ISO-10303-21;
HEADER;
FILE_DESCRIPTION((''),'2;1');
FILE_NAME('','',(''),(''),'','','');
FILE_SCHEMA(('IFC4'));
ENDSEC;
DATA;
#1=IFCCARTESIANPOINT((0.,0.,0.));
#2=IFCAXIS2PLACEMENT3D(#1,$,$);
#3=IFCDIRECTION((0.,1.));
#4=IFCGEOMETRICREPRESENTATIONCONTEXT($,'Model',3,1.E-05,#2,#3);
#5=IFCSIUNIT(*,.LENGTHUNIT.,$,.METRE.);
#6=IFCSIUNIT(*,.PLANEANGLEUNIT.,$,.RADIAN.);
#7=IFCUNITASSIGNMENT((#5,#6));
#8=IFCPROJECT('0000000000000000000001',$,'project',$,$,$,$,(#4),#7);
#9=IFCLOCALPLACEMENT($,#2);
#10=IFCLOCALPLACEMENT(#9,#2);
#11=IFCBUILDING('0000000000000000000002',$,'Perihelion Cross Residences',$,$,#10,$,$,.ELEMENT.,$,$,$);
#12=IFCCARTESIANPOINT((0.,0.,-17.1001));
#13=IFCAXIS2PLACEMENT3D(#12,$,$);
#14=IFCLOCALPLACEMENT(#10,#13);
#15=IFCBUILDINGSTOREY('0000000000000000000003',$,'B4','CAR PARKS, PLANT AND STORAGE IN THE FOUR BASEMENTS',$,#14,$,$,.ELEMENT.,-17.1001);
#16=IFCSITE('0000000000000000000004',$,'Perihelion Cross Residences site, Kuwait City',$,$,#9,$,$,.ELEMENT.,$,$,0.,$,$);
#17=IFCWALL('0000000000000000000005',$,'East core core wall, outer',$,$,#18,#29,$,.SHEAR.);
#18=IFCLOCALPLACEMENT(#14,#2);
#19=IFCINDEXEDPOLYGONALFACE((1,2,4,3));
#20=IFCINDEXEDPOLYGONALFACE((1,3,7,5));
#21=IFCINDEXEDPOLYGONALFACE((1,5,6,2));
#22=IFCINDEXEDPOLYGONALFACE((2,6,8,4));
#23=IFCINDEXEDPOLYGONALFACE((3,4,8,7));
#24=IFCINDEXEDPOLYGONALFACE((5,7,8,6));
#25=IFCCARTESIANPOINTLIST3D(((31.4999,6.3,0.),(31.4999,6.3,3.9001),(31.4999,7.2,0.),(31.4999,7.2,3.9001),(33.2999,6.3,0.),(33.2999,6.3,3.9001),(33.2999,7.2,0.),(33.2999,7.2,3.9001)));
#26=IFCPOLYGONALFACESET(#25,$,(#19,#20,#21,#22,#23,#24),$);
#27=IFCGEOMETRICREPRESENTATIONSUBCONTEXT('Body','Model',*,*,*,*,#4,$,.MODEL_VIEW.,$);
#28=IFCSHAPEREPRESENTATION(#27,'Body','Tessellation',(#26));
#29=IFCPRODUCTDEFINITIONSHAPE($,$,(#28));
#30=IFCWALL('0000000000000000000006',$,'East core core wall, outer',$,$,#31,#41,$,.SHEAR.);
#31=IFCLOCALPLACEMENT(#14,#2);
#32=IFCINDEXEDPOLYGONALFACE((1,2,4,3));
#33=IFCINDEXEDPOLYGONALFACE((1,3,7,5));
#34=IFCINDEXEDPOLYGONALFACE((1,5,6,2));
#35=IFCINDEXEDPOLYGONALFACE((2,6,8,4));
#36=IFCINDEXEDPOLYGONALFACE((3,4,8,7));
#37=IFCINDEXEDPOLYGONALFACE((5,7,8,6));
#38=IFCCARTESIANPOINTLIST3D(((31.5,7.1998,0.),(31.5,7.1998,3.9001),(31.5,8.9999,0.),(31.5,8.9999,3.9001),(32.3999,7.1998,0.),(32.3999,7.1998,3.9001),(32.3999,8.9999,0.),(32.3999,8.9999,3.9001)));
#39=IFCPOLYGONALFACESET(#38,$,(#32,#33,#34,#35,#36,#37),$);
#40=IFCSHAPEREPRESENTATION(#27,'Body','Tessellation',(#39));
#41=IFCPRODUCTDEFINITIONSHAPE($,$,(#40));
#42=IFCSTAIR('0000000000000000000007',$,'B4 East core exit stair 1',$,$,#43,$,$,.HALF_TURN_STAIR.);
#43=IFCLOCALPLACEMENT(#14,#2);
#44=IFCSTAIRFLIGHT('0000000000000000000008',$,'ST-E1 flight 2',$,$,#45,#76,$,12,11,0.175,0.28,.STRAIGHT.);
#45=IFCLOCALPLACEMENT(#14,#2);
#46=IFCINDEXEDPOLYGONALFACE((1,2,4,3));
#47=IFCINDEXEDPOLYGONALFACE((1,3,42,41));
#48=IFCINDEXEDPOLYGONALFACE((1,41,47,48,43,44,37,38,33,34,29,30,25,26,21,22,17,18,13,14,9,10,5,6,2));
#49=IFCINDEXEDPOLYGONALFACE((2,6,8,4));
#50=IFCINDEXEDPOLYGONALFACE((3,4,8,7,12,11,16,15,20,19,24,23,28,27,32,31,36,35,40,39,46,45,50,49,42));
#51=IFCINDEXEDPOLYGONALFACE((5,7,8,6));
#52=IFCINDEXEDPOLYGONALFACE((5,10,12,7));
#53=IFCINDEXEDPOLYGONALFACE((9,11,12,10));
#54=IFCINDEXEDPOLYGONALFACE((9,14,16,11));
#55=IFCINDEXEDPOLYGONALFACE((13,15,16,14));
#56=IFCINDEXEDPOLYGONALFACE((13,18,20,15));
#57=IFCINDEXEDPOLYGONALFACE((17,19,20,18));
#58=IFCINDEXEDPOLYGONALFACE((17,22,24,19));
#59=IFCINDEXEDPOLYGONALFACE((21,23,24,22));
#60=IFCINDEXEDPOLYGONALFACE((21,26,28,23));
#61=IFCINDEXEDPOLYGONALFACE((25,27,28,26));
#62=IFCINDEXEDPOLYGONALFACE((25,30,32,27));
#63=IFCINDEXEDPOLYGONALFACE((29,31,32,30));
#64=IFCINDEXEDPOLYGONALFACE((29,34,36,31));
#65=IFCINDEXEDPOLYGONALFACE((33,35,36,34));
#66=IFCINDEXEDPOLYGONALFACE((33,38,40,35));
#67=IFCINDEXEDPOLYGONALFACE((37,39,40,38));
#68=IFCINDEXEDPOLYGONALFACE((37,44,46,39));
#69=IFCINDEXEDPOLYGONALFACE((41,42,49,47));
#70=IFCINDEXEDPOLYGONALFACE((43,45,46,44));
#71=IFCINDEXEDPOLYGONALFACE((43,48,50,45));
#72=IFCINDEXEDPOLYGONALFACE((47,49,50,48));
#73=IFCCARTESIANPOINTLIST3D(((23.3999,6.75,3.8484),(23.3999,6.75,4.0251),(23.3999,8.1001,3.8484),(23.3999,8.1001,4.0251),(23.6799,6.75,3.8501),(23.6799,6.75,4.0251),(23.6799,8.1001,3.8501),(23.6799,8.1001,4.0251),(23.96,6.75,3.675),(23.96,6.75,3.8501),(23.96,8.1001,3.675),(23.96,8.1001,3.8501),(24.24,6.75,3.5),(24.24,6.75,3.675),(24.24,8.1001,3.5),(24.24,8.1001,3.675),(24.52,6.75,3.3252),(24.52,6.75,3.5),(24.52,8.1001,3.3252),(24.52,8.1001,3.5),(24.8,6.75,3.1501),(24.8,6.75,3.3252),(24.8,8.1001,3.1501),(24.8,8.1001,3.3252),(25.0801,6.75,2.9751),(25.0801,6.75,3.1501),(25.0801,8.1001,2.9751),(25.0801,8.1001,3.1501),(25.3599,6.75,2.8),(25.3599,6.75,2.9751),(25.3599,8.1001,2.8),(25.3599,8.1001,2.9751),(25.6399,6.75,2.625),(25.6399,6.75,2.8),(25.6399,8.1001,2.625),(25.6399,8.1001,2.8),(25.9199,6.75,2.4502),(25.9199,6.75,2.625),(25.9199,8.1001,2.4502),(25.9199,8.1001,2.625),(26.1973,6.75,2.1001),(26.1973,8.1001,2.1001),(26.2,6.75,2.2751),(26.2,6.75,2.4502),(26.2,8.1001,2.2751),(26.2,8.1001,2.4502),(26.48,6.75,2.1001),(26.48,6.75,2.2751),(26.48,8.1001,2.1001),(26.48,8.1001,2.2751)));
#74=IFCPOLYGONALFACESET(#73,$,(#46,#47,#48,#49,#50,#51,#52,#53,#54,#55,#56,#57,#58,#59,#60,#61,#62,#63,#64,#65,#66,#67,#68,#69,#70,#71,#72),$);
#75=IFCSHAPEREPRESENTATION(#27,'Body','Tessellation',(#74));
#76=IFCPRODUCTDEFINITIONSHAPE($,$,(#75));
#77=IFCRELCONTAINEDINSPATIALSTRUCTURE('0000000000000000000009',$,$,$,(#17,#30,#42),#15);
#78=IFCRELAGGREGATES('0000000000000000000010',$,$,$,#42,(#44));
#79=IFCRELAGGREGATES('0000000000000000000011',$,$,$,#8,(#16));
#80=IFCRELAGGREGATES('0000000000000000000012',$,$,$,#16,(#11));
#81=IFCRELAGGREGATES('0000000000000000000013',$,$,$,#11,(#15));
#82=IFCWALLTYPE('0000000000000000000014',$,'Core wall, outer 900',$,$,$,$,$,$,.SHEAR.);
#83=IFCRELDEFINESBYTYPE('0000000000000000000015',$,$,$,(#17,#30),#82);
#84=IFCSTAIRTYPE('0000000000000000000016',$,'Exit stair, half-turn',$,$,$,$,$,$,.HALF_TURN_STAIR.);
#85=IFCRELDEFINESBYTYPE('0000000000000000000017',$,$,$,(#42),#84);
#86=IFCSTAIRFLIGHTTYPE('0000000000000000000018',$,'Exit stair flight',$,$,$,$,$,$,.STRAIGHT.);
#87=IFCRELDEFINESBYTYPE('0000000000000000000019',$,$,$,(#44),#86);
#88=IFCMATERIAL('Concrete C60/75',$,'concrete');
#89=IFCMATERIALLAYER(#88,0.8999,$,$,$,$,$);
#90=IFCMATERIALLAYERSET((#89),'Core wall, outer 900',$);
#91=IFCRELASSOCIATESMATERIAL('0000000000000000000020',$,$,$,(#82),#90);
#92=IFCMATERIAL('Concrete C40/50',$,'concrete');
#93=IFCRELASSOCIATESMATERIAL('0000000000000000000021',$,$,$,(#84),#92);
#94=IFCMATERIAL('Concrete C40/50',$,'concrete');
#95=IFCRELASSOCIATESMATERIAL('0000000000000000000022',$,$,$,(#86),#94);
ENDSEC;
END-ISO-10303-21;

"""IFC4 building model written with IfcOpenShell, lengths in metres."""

from ifc_helpers import new_model, si_unit, direction, frame, frame_2d, origin, place, context, subcontext, project, spatial, polyline, rectangle, outline, extrude, material, layer, layer_set, type_object, element, aggregate, save


model = new_model("IFC4")

# Units and contexts
model_context = context("Model", 3, precision=1e-05, world=origin(), true_north=direction((0.0, 1.0)))
body_context = subcontext(model_context, "Body", "Model", "MODEL_VIEW")
ifc_project = project(units=[si_unit("LENGTHUNIT", "METRE"), si_unit("PLANEANGLEUNIT", "RADIAN")], contexts=[model_context])

# Site, building, storey
site_placement = place(None, origin())
site = spatial("IfcSite", under=ifc_project, at=site_placement, Name="Perihelion Cross Residences site, Kuwait City", CompositionType="ELEMENT", RefElevation=0.0)
building_placement = place(site_placement, origin())
building = spatial("IfcBuilding", under=site, at=building_placement, Name="Perihelion Cross Residences", CompositionType="ELEMENT")
storey_placement = place(building_placement, frame((0.0, 0.0, -17.1001)))
storey = spatial("IfcBuildingStorey", under=building, at=storey_placement, Name="B4", Description="CAR PARKS, PLANT AND STORAGE IN THE FOUR BASEMENTS", CompositionType="ELEMENT", Elevation=-17.1001)

# Walls
ifc_material_1 = material(Name="Concrete C60/75", Category="concrete")
ifc_layer_1 = layer(ifc_material_1, 0.8999)
ifc_layer_set_1 = layer_set([ifc_layer_1], Name="Core wall, outer 900")
wall_type = type_object("IfcWallType", Name="Core wall, outer 900", PredefinedType="SHEAR", material=ifc_layer_set_1)
for number, where, z_axis, x_axis, name in (
    (1, (31.5, 6.75, 0.0), (0.0, 0.0, 1.0), (1.0, 0.0, 0.0), "East core core wall, outer"),
    (2, (31.95, 7.2, 0.0), (0.0, 0.0, 1.0), (0.0, 1.0, 0.0), "East core core wall, outer"),
):
    element("IfcWall", number, at=place(storey_placement, frame(where, z_axis=z_axis, x_axis=x_axis)), inside=storey, type_object=wall_type, Name=name, PredefinedType="SHEAR", context=body_context, shape_type="SweptSolid", body=[
        extrude(rectangle(XDim=1.8, YDim=0.8999, at=frame_2d((0.8999, 0.0))), origin(), (0.0, 0.0, 1.0), 3.9001),
    ])

# Stair, stair flight
ifc_material_2 = material(Name="Concrete C40/50", Category="concrete")
stair_type = type_object("IfcStairType", Name="Exit stair, half-turn", PredefinedType="HALF_TURN_STAIR", material=ifc_material_2)
stair_placement = place(storey_placement, origin())
stair = element("IfcStair", 3, at=stair_placement, inside=storey, type_object=stair_type, Name="B4 East core exit stair 1", PredefinedType="HALF_TURN_STAIR")
ifc_material_3 = material(Name="Concrete C40/50", Category="concrete")
stair_flight_type = type_object("IfcStairFlightType", Name="Exit stair flight", PredefinedType="STRAIGHT", material=ifc_material_3)
stair_flight_placement = place(storey_placement, frame((26.48, 7.425, 2.1001), z_axis=(0.0, 0.0, 1.0), x_axis=(-1.0, 0.0, 0.0)))
stair_flight = element("IfcStairFlight", 4, at=stair_flight_placement, type_object=stair_flight_type, Name="ST-E1 flight 2", NumberOfRisers=12, NumberOfTreads=11, PredefinedType="STRAIGHT", RiserHeight=0.175, TreadLength=0.28, context=body_context, shape_type="SweptSolid", body=[
    extrude(outline(polyline([(0.0, 0.0), (0.0, 0.175), (0.28, 0.175), (0.28, 0.3501), (0.5601, 0.3501), (0.5601, 0.5249), (0.8401, 0.5249), (0.8401, 0.7), (1.1201, 0.7), (1.1201, 0.875), (1.3999, 0.875), (1.3999, 1.05), (1.6799, 1.05), (1.6799, 1.2251), (1.96, 1.2251), (1.96, 1.3999), (2.24, 1.3999), (2.24, 1.575), (2.52, 1.575), (2.52, 1.75), (2.8, 1.75), (2.8, 1.925), (3.0801, 1.925), (3.0801, 2.1001), (3.0801, 1.7483), (0.2827, 0.0), (0.0, 0.0)])), frame((0.0, 0.675, 0.0), z_axis=(0.0, -1.0, 0.0), x_axis=(1.0, 0.0, 0.0)), (0.0, 0.0, 1.0), 1.3501),
])
aggregate(stair, [stair_flight])

save(model, "model.ifc")
